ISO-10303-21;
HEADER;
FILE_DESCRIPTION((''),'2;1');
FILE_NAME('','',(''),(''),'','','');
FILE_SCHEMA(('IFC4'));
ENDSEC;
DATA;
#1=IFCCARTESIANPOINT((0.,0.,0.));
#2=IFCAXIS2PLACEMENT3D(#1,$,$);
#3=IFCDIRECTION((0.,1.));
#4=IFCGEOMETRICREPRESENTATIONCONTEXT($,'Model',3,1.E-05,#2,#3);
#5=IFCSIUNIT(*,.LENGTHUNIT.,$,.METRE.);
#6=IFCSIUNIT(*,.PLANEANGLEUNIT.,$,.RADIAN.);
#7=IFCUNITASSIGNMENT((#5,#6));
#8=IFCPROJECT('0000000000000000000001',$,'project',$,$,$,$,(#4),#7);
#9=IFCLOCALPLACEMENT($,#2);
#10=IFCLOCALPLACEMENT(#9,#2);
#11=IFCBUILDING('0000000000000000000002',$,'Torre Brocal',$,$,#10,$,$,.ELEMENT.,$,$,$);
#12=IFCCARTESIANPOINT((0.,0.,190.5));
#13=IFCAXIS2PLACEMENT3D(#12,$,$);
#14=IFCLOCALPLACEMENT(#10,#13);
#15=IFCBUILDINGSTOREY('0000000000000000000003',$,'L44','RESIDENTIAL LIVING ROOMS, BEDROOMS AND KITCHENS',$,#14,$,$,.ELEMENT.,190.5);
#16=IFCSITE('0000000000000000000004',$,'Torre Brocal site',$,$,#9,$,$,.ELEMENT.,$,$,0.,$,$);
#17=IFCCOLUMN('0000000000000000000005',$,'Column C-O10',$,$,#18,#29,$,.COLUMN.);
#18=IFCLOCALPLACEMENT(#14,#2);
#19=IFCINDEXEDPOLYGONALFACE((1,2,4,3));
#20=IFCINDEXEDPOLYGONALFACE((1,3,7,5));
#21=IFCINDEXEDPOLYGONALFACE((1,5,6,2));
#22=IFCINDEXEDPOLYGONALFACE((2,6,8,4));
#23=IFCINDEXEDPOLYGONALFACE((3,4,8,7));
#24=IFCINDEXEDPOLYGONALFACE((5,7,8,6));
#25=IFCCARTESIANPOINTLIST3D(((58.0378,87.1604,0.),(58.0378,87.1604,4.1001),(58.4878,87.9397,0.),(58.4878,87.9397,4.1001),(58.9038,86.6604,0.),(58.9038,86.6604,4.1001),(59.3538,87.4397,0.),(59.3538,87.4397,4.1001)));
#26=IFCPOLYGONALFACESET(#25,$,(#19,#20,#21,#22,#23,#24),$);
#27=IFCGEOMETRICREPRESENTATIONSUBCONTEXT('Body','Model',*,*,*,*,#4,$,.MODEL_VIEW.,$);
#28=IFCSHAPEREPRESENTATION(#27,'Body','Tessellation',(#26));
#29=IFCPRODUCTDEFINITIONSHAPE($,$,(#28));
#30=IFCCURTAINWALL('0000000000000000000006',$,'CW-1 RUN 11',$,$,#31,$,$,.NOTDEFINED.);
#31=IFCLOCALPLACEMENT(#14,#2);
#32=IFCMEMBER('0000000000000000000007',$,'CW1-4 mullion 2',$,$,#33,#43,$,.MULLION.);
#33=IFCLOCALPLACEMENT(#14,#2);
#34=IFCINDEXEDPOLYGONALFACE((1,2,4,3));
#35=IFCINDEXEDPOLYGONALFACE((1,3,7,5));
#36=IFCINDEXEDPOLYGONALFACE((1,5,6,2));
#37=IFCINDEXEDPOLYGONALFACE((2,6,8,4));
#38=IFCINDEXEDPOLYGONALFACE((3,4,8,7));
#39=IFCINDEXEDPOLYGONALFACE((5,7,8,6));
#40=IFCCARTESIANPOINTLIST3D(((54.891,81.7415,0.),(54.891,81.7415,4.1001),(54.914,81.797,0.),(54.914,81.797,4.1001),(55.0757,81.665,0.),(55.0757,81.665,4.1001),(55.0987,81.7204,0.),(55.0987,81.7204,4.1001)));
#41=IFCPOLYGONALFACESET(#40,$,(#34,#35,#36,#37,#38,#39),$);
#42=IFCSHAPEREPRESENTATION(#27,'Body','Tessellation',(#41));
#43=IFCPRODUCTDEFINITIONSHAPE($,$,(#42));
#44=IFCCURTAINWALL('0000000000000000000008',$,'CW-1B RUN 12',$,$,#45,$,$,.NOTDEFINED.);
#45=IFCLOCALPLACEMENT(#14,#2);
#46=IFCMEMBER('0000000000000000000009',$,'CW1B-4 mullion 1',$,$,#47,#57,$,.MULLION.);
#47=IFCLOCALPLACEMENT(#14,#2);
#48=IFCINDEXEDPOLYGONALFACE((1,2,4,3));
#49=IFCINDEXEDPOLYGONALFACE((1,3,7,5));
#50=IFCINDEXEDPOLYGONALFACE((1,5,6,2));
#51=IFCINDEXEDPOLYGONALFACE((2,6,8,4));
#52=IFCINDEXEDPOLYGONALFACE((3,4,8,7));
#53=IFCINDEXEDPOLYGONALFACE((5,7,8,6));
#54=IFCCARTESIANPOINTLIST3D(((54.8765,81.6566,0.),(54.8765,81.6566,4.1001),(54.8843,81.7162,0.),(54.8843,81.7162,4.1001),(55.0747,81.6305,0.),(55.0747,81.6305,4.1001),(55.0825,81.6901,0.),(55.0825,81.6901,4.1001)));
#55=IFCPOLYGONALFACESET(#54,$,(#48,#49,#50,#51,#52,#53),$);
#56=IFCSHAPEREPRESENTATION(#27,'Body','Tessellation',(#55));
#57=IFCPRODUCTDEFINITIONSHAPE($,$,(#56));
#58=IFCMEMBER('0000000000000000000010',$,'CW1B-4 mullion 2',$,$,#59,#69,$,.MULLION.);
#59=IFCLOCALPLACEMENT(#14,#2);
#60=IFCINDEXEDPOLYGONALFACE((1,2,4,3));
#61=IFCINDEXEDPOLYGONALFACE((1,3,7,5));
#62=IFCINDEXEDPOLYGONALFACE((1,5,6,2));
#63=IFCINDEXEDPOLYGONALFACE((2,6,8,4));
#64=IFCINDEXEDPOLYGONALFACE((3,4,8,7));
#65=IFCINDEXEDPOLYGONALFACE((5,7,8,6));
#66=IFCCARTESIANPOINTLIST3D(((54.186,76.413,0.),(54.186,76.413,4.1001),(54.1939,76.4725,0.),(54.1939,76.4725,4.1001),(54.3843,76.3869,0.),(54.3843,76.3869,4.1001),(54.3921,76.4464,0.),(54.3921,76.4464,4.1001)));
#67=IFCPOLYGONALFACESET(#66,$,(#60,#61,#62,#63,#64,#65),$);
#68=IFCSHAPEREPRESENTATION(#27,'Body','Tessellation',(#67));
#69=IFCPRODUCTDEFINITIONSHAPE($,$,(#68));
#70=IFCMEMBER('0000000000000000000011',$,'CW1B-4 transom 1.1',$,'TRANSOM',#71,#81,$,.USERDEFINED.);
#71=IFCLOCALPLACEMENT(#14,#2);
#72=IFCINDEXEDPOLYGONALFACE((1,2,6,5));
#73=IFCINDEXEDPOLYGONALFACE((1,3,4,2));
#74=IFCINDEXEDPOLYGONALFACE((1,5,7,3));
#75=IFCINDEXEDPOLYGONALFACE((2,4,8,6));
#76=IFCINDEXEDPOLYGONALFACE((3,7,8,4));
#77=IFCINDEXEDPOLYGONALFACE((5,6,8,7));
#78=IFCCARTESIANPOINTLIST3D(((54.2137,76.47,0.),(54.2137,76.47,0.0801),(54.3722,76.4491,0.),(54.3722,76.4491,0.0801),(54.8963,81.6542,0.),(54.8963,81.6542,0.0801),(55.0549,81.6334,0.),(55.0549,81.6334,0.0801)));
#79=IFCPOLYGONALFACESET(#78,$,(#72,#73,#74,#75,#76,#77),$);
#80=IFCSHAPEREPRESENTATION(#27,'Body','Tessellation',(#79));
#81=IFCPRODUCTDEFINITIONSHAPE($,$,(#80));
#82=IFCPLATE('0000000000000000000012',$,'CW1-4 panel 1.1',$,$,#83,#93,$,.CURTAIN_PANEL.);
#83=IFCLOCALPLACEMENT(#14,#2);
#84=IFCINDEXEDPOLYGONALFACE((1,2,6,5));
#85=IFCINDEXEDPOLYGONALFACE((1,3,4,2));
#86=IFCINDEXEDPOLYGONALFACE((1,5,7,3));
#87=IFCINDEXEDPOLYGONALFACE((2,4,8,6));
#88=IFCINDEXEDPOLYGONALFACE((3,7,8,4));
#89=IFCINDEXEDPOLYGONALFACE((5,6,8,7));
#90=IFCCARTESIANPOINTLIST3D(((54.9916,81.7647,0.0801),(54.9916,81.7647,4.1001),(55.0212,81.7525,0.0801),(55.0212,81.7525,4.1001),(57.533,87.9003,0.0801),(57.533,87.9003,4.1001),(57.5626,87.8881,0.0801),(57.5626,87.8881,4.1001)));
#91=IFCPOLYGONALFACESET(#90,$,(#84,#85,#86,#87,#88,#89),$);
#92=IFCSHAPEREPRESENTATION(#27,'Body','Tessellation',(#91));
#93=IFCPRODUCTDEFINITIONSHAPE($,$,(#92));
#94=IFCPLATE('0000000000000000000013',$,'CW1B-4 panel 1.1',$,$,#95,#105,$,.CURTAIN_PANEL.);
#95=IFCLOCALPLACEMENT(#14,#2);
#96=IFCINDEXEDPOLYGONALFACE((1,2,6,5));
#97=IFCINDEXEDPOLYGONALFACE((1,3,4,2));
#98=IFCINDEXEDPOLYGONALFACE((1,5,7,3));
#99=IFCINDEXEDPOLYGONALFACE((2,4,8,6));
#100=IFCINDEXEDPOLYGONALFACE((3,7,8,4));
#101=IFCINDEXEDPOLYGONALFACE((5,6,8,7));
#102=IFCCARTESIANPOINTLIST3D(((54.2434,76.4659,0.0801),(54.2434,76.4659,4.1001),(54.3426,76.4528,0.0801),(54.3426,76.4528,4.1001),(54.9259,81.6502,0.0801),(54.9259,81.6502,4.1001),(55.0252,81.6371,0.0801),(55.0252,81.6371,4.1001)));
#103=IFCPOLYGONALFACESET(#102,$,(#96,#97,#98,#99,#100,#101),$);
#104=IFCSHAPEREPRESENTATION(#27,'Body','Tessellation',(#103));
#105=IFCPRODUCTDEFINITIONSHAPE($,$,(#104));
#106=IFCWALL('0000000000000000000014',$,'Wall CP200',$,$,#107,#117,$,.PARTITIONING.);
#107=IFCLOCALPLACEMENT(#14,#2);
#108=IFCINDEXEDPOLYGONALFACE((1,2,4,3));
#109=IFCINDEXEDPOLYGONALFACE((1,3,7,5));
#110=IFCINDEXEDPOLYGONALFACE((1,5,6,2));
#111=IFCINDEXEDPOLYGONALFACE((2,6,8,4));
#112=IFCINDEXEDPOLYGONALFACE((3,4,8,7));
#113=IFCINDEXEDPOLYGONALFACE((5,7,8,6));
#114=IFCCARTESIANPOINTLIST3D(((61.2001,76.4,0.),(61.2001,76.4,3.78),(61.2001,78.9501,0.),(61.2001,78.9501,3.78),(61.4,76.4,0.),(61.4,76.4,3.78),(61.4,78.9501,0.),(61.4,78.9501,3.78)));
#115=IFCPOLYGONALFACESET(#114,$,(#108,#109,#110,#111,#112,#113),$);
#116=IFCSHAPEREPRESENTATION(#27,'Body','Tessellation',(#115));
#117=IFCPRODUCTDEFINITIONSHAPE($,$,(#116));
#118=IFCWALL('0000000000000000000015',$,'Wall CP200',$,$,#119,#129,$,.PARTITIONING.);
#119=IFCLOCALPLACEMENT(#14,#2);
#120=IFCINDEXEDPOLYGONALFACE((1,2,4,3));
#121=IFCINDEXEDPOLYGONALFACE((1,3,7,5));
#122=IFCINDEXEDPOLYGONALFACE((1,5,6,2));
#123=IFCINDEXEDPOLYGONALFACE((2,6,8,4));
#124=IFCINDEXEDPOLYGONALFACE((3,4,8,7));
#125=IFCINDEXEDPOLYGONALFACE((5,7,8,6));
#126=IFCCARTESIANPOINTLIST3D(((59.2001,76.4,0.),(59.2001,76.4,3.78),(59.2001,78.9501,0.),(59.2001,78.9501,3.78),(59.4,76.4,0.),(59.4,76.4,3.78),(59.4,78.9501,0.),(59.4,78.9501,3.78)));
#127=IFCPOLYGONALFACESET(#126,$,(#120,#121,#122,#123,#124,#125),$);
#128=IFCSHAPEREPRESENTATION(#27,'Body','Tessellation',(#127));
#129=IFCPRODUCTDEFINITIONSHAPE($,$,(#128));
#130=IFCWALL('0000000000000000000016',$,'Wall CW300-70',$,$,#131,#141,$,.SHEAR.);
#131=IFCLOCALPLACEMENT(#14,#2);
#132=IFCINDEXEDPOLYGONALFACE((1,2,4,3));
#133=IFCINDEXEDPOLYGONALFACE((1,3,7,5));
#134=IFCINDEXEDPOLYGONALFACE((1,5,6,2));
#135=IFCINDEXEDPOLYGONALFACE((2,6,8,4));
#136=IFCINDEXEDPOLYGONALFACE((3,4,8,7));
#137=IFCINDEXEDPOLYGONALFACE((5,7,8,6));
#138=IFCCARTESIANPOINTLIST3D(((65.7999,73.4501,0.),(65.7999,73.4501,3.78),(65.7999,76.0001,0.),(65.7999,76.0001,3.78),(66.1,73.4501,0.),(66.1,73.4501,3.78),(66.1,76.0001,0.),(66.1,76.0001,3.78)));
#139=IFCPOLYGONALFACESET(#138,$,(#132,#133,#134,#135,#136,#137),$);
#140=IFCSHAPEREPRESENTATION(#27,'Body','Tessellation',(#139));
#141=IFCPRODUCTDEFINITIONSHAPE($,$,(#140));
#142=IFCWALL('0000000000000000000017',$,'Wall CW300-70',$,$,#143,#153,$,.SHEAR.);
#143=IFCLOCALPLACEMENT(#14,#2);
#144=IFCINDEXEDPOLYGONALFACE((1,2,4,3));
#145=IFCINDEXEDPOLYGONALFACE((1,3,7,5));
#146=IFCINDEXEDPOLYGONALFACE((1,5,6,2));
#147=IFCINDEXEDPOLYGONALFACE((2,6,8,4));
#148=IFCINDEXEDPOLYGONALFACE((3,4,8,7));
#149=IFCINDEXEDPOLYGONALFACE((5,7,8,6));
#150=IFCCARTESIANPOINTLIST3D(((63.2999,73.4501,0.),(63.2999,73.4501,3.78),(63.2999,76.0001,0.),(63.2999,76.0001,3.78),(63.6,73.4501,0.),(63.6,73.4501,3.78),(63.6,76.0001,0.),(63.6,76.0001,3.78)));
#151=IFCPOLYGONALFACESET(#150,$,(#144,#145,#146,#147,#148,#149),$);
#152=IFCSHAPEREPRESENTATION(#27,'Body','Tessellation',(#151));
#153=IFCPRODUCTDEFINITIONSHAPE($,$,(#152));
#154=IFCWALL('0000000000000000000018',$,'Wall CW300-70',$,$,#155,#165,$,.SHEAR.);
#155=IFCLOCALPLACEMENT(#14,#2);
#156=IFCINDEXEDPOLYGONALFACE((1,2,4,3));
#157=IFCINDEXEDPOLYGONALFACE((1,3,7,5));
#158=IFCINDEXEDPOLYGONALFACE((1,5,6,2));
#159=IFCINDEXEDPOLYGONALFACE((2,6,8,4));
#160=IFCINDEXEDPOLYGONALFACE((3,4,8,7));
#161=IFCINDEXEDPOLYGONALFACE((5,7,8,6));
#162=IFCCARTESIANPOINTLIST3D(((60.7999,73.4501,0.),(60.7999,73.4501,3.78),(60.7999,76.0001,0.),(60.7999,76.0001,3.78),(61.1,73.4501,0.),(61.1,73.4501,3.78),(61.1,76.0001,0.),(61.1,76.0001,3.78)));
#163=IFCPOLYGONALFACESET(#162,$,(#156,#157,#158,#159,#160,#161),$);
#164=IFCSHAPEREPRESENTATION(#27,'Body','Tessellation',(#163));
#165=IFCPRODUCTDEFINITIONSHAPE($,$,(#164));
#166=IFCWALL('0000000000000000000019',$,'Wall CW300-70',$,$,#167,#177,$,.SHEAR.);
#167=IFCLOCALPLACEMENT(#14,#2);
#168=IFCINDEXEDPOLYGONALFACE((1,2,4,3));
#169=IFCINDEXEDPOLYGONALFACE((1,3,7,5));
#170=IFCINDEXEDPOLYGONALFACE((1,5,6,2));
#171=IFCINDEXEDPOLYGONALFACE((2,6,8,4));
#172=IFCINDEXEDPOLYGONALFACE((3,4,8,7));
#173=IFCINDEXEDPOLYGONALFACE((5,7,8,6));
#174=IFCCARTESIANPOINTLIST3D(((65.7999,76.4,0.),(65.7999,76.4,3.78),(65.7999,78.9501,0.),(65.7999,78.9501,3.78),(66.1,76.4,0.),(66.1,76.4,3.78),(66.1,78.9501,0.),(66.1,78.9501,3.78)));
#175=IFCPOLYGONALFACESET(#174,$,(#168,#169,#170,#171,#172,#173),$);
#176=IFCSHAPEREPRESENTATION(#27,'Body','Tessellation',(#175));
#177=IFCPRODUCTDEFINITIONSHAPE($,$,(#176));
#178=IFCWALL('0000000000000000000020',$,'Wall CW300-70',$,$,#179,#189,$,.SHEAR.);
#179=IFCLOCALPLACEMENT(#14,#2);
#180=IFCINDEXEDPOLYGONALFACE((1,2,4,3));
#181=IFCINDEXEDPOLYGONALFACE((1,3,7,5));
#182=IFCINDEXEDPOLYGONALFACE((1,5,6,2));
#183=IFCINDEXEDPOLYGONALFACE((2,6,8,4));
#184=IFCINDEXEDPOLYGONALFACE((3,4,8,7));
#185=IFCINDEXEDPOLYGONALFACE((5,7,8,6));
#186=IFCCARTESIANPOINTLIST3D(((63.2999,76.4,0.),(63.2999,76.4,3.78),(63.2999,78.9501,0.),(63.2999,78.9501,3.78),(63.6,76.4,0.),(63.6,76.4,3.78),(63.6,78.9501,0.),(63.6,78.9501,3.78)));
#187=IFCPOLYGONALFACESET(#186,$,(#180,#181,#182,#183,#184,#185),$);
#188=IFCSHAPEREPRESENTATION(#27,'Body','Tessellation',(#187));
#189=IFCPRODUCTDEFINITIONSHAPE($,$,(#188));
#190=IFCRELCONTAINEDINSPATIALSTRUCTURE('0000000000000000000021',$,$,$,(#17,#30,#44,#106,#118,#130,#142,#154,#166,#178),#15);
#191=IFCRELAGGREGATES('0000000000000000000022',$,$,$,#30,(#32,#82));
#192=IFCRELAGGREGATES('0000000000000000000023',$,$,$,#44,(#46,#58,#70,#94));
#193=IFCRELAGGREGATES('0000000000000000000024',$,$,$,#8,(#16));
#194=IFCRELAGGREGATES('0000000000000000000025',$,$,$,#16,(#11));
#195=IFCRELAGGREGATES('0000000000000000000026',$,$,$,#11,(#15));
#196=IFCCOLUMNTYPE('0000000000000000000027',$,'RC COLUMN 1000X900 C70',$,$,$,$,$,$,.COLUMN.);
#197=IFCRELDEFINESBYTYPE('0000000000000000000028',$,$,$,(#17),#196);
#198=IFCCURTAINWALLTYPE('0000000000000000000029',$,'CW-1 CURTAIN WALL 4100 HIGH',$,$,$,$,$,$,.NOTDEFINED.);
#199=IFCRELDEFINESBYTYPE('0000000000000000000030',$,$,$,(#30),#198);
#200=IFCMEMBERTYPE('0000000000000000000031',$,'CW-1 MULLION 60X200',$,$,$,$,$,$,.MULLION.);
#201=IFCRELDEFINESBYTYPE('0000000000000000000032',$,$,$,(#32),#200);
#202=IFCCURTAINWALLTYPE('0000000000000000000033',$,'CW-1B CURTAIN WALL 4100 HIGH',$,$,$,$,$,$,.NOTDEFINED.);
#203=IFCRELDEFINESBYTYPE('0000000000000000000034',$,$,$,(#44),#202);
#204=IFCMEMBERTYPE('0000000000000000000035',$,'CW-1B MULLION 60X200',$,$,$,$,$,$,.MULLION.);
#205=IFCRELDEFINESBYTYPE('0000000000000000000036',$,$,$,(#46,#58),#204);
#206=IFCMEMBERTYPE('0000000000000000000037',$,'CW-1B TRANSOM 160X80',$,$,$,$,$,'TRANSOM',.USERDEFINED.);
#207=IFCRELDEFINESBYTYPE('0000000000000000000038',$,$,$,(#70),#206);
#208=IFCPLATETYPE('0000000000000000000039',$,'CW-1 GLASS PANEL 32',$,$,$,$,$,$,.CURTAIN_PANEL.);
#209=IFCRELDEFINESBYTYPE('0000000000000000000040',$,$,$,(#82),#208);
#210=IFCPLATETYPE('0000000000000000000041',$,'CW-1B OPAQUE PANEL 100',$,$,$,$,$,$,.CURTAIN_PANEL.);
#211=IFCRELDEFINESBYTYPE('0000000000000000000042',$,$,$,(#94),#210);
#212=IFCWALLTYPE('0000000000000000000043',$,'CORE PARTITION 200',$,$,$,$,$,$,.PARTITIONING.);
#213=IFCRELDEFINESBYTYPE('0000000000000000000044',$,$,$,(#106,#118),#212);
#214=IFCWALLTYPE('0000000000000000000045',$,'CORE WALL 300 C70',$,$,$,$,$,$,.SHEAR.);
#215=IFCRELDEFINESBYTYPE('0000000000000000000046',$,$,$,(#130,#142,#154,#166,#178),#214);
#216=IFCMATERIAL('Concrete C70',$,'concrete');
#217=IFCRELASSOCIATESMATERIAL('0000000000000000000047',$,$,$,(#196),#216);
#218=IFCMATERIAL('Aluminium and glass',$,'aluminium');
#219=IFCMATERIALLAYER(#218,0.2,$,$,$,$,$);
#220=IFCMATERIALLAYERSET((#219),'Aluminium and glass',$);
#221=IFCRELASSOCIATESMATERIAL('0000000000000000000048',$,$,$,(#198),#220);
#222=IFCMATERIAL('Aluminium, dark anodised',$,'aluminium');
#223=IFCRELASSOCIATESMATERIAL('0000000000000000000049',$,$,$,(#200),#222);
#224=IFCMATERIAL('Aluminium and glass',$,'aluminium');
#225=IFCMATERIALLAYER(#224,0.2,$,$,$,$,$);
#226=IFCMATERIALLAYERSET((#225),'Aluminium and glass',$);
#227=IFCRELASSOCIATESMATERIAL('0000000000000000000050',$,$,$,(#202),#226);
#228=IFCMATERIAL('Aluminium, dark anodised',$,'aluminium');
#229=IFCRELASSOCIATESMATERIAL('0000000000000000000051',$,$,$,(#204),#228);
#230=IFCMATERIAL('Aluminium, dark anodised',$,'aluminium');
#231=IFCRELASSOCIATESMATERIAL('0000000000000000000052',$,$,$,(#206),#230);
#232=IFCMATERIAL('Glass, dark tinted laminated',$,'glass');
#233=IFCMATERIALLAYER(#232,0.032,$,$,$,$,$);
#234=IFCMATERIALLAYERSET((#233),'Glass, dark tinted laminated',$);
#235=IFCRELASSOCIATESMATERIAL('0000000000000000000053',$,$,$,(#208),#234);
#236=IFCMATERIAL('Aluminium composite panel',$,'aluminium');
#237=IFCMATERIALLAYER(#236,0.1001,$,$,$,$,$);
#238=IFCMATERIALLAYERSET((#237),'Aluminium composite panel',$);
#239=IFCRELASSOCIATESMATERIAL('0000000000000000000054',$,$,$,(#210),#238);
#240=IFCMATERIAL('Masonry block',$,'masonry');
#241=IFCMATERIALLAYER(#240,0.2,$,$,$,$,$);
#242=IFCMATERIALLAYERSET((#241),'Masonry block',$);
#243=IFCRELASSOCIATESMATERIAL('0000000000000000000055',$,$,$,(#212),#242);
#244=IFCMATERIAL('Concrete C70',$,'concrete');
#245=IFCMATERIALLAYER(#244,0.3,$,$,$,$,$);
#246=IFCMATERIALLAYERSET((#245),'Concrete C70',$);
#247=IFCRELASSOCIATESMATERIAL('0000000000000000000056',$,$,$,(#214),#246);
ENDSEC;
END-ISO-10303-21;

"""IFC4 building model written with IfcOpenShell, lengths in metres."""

from ifc_helpers import new_model, si_unit, direction, frame, frame_2d, origin, origin_2d, place, context, subcontext, project, spatial, rectangle, extrude, material, layer, layer_set, material_profile, profile_set, type_object, element, aggregate, save


model = new_model("IFC4")

# Units and contexts
model_context = context("Model", 3, precision=1e-05, world=origin(), true_north=direction((0.0, 1.0)))
body_context = subcontext(model_context, "Body", "Model", "MODEL_VIEW")
ifc_project = project(units=[si_unit("LENGTHUNIT", "METRE"), si_unit("PLANEANGLEUNIT", "RADIAN")], contexts=[model_context])

# Site, building, storey
site_placement = place(None, origin())
site = spatial("IfcSite", under=ifc_project, at=site_placement, Name="Torre Brocal site", CompositionType="ELEMENT", RefElevation=0.0)
building_placement = place(site_placement, origin())
building = spatial("IfcBuilding", under=site, at=building_placement, Name="Torre Brocal", CompositionType="ELEMENT")
storey_placement = place(building_placement, frame((0.0, 0.0, 190.5)))
storey = spatial("IfcBuildingStorey", under=building, at=storey_placement, Name="L44", Description="RESIDENTIAL LIVING ROOMS, BEDROOMS AND KITCHENS", CompositionType="ELEMENT", Elevation=190.5)

# Column
ifc_material_1 = material(Name="Concrete C70", Category="concrete")
ifc_material_profile_1 = material_profile(ifc_material_1, rectangle(XDim=1.0, YDim=0.8999, at=origin_2d()), Name="RC 1000X900")
ifc_profile_set_1 = profile_set([ifc_material_profile_1], Name="Concrete C70")
column_type = type_object("IfcColumnType", Name="RC COLUMN 1000X900 C70", PredefinedType="COLUMN", material=ifc_profile_set_1)
column_placement = place(storey_placement, frame((58.6958, 87.3, 0.0), z_axis=(0.0, 0.0, 1.0), x_axis=(-0.866025, 0.5, 0.0)))
element("IfcColumn", 1, at=column_placement, inside=storey, type_object=column_type, Name="Column C-O10", PredefinedType="COLUMN", context=body_context, shape_type="SweptSolid", body=[
    extrude(rectangle(XDim=1.0, YDim=0.8999, at=origin_2d()), origin(), (0.0, 0.0, 1.0), 4.1001),
])

# Curtain wall, member
ifc_material_2 = material(Name="Aluminium and glass", Category="aluminium")
ifc_layer_1 = layer(ifc_material_2, 0.2)
ifc_layer_set_1 = layer_set([ifc_layer_1], Name="Aluminium and glass")
curtain_wall_type_1 = type_object("IfcCurtainWallType", Name="CW-1 CURTAIN WALL 4100 HIGH", PredefinedType="NOTDEFINED", material=ifc_layer_set_1)
curtain_wall_1_placement = place(storey_placement, origin())
curtain_wall_1 = element("IfcCurtainWall", 2, at=curtain_wall_1_placement, inside=storey, type_object=curtain_wall_type_1, Name="CW-1 RUN 11", PredefinedType="NOTDEFINED")
ifc_material_3 = material(Name="Aluminium, dark anodised", Category="aluminium")
ifc_material_profile_2 = material_profile(ifc_material_3, rectangle(XDim=0.2, YDim=0.0601, at=origin_2d()), Name="CW-1 MULLION 60X200")
ifc_profile_set_2 = profile_set([ifc_material_profile_2], Name="Aluminium, dark anodised")
member_type_1 = type_object("IfcMemberType", Name="CW-1 MULLION 60X200", PredefinedType="MULLION", material=ifc_profile_set_2)
member_1_placement = place(storey_placement, frame((54.9949, 81.731, 0.0), z_axis=(0.0, 0.0, 1.0), x_axis=(0.92388, -0.382683, 0.0)))
member_1 = element("IfcMember", 3, at=member_1_placement, type_object=member_type_1, Name="CW1-4 mullion 2", PredefinedType="MULLION", context=body_context, shape_type="SweptSolid", body=[
    extrude(rectangle(XDim=0.2, YDim=0.0601, at=origin_2d()), origin(), (0.0, 0.0, 1.0), 4.1001),
])

# Curtain wall, members
ifc_material_4 = material(Name="Aluminium and glass", Category="aluminium")
ifc_layer_2 = layer(ifc_material_4, 0.2)
ifc_layer_set_2 = layer_set([ifc_layer_2], Name="Aluminium and glass")
curtain_wall_type_2 = type_object("IfcCurtainWallType", Name="CW-1B CURTAIN WALL 4100 HIGH", PredefinedType="NOTDEFINED", material=ifc_layer_set_2)
curtain_wall_2_placement = place(storey_placement, origin())
curtain_wall_2 = element("IfcCurtainWall", 4, at=curtain_wall_2_placement, inside=storey, type_object=curtain_wall_type_2, Name="CW-1B RUN 12", PredefinedType="NOTDEFINED")
ifc_material_5 = material(Name="Aluminium, dark anodised", Category="aluminium")
ifc_material_profile_3 = material_profile(ifc_material_5, rectangle(XDim=0.2, YDim=0.0601, at=origin_2d()), Name="CW-1B MULLION 60X200")
ifc_profile_set_3 = profile_set([ifc_material_profile_3], Name="Aluminium, dark anodised")
member_type_2 = type_object("IfcMemberType", Name="CW-1B MULLION 60X200", PredefinedType="MULLION", material=ifc_profile_set_3)
member_2_placement = place(storey_placement, frame((54.9795, 81.6733, 0.0), z_axis=(0.0, 0.0, 1.0), x_axis=(0.991445, -0.130526, 0.0)))
member_2 = element("IfcMember", 5, at=member_2_placement, type_object=member_type_2, Name="CW1B-4 mullion 1", PredefinedType="MULLION", context=body_context, shape_type="SweptSolid", body=[
    extrude(rectangle(XDim=0.2, YDim=0.0601, at=origin_2d()), origin(), (0.0, 0.0, 1.0), 4.1001),
])
member_3_placement = place(storey_placement, frame((54.2891, 76.4297, 0.0), z_axis=(0.0, 0.0, 1.0), x_axis=(0.991445, -0.130526, 0.0)))
member_3 = element("IfcMember", 6, at=member_3_placement, type_object=member_type_2, Name="CW1B-4 mullion 2", PredefinedType="MULLION", context=body_context, shape_type="SweptSolid", body=[
    extrude(rectangle(XDim=0.2, YDim=0.0601, at=origin_2d()), origin(), (0.0, 0.0, 1.0), 4.1001),
])
ifc_material_6 = material(Name="Aluminium, dark anodised", Category="aluminium")
ifc_material_profile_4 = material_profile(ifc_material_6, rectangle(XDim=0.1599, YDim=0.0801, at=origin_2d()), Name="CW-1B TRANSOM 160X80")
ifc_profile_set_4 = profile_set([ifc_material_profile_4], Name="Aluminium, dark anodised")
member_type_3 = type_object("IfcMemberType", Name="CW-1B TRANSOM 160X80", ElementType="TRANSOM", PredefinedType="USERDEFINED", material=ifc_profile_set_4)
member_4_placement = place(storey_placement, frame((54.9756, 81.6438, 0.04), z_axis=(-0.130543, -0.991443, 0.0), x_axis=(0.991443, -0.130543, 0.0)))
member_4 = element("IfcMember", 7, at=member_4_placement, type_object=member_type_3, Name="CW1B-4 transom 1.1", ObjectType="TRANSOM", PredefinedType="USERDEFINED", context=body_context, shape_type="SweptSolid", body=[
    extrude(rectangle(XDim=0.1599, YDim=0.0801, at=origin_2d()), origin(), (0.0, 0.0, 1.0), 5.229),
])

# Plates
ifc_material_7 = material(Name="Glass, dark tinted laminated", Category="glass")
ifc_layer_3 = layer(ifc_material_7, 0.032)
ifc_layer_set_3 = layer_set([ifc_layer_3], Name="Glass, dark tinted laminated")
plate_type_1 = type_object("IfcPlateType", Name="CW-1 GLASS PANEL 32", PredefinedType="CURTAIN_PANEL", material=ifc_layer_set_3)
plate_1_placement = place(storey_placement, frame((56.2771, 84.8264, 0.0801), z_axis=(0.0, 0.0, 1.0), x_axis=(-0.382683, -0.92388, 0.0)))
plate_1 = element("IfcPlate", 8, at=plate_1_placement, type_object=plate_type_1, Name="CW1-4 panel 1.1", PredefinedType="CURTAIN_PANEL", context=body_context, shape_type="SweptSolid", body=[
    extrude(rectangle(XDim=6.6411, YDim=0.032, at=origin_2d()), origin(), (0.0, 0.0, 1.0), 4.02),
])
aggregate(curtain_wall_1, [member_1, plate_1])
ifc_material_8 = material(Name="Aluminium composite panel", Category="aluminium")
ifc_layer_4 = layer(ifc_material_8, 0.1001)
ifc_layer_set_4 = layer_set([ifc_layer_4], Name="Aluminium composite panel")
plate_type_2 = type_object("IfcPlateType", Name="CW-1B OPAQUE PANEL 100", PredefinedType="CURTAIN_PANEL", material=ifc_layer_set_4)
plate_2_placement = place(storey_placement, frame((54.6343, 79.0515, 0.0801), z_axis=(0.0, 0.0, 1.0), x_axis=(-0.130526, -0.991445, 0.0)))
plate_2 = element("IfcPlate", 9, at=plate_2_placement, type_object=plate_type_2, Name="CW1B-4 panel 1.1", PredefinedType="CURTAIN_PANEL", context=body_context, shape_type="SweptSolid", body=[
    extrude(rectangle(XDim=5.229, YDim=0.1001, at=origin_2d()), origin(), (0.0, 0.0, 1.0), 4.02),
])
aggregate(curtain_wall_2, [member_2, member_3, member_4, plate_2])

# Walls
ifc_material_9 = material(Name="Masonry block", Category="masonry")
ifc_layer_5 = layer(ifc_material_9, 0.2)
ifc_layer_set_5 = layer_set([ifc_layer_5], Name="Masonry block")
wall_type_1 = type_object("IfcWallType", Name="CORE PARTITION 200", PredefinedType="PARTITIONING", material=ifc_layer_set_5)
for number, where, z_axis, x_axis, name in (
    (10, (61.3, 78.95, 0.0), (0.0, 0.0, 1.0), (0.0, -1.0, 0.0), "Wall CP200"),
    (11, (59.3, 78.95, 0.0), (0.0, 0.0, 1.0), (0.0, -1.0, 0.0), "Wall CP200"),
):
    element("IfcWall", number, at=place(storey_placement, frame(where, z_axis=z_axis, x_axis=x_axis)), inside=storey, type_object=wall_type_1, Name=name, PredefinedType="PARTITIONING", context=body_context, shape_type="SweptSolid", body=[
        extrude(rectangle(XDim=2.55, YDim=0.2, at=frame_2d((1.2749, 0.0))), origin(), (0.0, 0.0, 1.0), 3.78),
    ])
ifc_material_10 = material(Name="Concrete C70", Category="concrete")
ifc_layer_6 = layer(ifc_material_10, 0.3)
ifc_layer_set_6 = layer_set([ifc_layer_6], Name="Concrete C70")
wall_type_2 = type_object("IfcWallType", Name="CORE WALL 300 C70", PredefinedType="SHEAR", material=ifc_layer_set_6)
for number, where, z_axis, x_axis, name in (
    (12, (65.95, 76.0, 0.0), (0.0, 0.0, 1.0), (0.0, -1.0, 0.0), "Wall CW300-70"),
    (13, (63.45, 76.0, 0.0), (0.0, 0.0, 1.0), (0.0, -1.0, 0.0), "Wall CW300-70"),
    (14, (60.95, 76.0, 0.0), (0.0, 0.0, 1.0), (0.0, -1.0, 0.0), "Wall CW300-70"),
    (15, (65.95, 78.95, 0.0), (0.0, 0.0, 1.0), (0.0, -1.0, 0.0), "Wall CW300-70"),
    (16, (63.45, 78.95, 0.0), (0.0, 0.0, 1.0), (0.0, -1.0, 0.0), "Wall CW300-70"),
):
    element("IfcWall", number, at=place(storey_placement, frame(where, z_axis=z_axis, x_axis=x_axis)), inside=storey, type_object=wall_type_2, Name=name, PredefinedType="SHEAR", context=body_context, shape_type="SweptSolid", body=[
        extrude(rectangle(XDim=2.55, YDim=0.3, at=frame_2d((1.2749, 0.0))), origin(), (0.0, 0.0, 1.0), 3.78),
    ])

save(model, "model.ifc")
